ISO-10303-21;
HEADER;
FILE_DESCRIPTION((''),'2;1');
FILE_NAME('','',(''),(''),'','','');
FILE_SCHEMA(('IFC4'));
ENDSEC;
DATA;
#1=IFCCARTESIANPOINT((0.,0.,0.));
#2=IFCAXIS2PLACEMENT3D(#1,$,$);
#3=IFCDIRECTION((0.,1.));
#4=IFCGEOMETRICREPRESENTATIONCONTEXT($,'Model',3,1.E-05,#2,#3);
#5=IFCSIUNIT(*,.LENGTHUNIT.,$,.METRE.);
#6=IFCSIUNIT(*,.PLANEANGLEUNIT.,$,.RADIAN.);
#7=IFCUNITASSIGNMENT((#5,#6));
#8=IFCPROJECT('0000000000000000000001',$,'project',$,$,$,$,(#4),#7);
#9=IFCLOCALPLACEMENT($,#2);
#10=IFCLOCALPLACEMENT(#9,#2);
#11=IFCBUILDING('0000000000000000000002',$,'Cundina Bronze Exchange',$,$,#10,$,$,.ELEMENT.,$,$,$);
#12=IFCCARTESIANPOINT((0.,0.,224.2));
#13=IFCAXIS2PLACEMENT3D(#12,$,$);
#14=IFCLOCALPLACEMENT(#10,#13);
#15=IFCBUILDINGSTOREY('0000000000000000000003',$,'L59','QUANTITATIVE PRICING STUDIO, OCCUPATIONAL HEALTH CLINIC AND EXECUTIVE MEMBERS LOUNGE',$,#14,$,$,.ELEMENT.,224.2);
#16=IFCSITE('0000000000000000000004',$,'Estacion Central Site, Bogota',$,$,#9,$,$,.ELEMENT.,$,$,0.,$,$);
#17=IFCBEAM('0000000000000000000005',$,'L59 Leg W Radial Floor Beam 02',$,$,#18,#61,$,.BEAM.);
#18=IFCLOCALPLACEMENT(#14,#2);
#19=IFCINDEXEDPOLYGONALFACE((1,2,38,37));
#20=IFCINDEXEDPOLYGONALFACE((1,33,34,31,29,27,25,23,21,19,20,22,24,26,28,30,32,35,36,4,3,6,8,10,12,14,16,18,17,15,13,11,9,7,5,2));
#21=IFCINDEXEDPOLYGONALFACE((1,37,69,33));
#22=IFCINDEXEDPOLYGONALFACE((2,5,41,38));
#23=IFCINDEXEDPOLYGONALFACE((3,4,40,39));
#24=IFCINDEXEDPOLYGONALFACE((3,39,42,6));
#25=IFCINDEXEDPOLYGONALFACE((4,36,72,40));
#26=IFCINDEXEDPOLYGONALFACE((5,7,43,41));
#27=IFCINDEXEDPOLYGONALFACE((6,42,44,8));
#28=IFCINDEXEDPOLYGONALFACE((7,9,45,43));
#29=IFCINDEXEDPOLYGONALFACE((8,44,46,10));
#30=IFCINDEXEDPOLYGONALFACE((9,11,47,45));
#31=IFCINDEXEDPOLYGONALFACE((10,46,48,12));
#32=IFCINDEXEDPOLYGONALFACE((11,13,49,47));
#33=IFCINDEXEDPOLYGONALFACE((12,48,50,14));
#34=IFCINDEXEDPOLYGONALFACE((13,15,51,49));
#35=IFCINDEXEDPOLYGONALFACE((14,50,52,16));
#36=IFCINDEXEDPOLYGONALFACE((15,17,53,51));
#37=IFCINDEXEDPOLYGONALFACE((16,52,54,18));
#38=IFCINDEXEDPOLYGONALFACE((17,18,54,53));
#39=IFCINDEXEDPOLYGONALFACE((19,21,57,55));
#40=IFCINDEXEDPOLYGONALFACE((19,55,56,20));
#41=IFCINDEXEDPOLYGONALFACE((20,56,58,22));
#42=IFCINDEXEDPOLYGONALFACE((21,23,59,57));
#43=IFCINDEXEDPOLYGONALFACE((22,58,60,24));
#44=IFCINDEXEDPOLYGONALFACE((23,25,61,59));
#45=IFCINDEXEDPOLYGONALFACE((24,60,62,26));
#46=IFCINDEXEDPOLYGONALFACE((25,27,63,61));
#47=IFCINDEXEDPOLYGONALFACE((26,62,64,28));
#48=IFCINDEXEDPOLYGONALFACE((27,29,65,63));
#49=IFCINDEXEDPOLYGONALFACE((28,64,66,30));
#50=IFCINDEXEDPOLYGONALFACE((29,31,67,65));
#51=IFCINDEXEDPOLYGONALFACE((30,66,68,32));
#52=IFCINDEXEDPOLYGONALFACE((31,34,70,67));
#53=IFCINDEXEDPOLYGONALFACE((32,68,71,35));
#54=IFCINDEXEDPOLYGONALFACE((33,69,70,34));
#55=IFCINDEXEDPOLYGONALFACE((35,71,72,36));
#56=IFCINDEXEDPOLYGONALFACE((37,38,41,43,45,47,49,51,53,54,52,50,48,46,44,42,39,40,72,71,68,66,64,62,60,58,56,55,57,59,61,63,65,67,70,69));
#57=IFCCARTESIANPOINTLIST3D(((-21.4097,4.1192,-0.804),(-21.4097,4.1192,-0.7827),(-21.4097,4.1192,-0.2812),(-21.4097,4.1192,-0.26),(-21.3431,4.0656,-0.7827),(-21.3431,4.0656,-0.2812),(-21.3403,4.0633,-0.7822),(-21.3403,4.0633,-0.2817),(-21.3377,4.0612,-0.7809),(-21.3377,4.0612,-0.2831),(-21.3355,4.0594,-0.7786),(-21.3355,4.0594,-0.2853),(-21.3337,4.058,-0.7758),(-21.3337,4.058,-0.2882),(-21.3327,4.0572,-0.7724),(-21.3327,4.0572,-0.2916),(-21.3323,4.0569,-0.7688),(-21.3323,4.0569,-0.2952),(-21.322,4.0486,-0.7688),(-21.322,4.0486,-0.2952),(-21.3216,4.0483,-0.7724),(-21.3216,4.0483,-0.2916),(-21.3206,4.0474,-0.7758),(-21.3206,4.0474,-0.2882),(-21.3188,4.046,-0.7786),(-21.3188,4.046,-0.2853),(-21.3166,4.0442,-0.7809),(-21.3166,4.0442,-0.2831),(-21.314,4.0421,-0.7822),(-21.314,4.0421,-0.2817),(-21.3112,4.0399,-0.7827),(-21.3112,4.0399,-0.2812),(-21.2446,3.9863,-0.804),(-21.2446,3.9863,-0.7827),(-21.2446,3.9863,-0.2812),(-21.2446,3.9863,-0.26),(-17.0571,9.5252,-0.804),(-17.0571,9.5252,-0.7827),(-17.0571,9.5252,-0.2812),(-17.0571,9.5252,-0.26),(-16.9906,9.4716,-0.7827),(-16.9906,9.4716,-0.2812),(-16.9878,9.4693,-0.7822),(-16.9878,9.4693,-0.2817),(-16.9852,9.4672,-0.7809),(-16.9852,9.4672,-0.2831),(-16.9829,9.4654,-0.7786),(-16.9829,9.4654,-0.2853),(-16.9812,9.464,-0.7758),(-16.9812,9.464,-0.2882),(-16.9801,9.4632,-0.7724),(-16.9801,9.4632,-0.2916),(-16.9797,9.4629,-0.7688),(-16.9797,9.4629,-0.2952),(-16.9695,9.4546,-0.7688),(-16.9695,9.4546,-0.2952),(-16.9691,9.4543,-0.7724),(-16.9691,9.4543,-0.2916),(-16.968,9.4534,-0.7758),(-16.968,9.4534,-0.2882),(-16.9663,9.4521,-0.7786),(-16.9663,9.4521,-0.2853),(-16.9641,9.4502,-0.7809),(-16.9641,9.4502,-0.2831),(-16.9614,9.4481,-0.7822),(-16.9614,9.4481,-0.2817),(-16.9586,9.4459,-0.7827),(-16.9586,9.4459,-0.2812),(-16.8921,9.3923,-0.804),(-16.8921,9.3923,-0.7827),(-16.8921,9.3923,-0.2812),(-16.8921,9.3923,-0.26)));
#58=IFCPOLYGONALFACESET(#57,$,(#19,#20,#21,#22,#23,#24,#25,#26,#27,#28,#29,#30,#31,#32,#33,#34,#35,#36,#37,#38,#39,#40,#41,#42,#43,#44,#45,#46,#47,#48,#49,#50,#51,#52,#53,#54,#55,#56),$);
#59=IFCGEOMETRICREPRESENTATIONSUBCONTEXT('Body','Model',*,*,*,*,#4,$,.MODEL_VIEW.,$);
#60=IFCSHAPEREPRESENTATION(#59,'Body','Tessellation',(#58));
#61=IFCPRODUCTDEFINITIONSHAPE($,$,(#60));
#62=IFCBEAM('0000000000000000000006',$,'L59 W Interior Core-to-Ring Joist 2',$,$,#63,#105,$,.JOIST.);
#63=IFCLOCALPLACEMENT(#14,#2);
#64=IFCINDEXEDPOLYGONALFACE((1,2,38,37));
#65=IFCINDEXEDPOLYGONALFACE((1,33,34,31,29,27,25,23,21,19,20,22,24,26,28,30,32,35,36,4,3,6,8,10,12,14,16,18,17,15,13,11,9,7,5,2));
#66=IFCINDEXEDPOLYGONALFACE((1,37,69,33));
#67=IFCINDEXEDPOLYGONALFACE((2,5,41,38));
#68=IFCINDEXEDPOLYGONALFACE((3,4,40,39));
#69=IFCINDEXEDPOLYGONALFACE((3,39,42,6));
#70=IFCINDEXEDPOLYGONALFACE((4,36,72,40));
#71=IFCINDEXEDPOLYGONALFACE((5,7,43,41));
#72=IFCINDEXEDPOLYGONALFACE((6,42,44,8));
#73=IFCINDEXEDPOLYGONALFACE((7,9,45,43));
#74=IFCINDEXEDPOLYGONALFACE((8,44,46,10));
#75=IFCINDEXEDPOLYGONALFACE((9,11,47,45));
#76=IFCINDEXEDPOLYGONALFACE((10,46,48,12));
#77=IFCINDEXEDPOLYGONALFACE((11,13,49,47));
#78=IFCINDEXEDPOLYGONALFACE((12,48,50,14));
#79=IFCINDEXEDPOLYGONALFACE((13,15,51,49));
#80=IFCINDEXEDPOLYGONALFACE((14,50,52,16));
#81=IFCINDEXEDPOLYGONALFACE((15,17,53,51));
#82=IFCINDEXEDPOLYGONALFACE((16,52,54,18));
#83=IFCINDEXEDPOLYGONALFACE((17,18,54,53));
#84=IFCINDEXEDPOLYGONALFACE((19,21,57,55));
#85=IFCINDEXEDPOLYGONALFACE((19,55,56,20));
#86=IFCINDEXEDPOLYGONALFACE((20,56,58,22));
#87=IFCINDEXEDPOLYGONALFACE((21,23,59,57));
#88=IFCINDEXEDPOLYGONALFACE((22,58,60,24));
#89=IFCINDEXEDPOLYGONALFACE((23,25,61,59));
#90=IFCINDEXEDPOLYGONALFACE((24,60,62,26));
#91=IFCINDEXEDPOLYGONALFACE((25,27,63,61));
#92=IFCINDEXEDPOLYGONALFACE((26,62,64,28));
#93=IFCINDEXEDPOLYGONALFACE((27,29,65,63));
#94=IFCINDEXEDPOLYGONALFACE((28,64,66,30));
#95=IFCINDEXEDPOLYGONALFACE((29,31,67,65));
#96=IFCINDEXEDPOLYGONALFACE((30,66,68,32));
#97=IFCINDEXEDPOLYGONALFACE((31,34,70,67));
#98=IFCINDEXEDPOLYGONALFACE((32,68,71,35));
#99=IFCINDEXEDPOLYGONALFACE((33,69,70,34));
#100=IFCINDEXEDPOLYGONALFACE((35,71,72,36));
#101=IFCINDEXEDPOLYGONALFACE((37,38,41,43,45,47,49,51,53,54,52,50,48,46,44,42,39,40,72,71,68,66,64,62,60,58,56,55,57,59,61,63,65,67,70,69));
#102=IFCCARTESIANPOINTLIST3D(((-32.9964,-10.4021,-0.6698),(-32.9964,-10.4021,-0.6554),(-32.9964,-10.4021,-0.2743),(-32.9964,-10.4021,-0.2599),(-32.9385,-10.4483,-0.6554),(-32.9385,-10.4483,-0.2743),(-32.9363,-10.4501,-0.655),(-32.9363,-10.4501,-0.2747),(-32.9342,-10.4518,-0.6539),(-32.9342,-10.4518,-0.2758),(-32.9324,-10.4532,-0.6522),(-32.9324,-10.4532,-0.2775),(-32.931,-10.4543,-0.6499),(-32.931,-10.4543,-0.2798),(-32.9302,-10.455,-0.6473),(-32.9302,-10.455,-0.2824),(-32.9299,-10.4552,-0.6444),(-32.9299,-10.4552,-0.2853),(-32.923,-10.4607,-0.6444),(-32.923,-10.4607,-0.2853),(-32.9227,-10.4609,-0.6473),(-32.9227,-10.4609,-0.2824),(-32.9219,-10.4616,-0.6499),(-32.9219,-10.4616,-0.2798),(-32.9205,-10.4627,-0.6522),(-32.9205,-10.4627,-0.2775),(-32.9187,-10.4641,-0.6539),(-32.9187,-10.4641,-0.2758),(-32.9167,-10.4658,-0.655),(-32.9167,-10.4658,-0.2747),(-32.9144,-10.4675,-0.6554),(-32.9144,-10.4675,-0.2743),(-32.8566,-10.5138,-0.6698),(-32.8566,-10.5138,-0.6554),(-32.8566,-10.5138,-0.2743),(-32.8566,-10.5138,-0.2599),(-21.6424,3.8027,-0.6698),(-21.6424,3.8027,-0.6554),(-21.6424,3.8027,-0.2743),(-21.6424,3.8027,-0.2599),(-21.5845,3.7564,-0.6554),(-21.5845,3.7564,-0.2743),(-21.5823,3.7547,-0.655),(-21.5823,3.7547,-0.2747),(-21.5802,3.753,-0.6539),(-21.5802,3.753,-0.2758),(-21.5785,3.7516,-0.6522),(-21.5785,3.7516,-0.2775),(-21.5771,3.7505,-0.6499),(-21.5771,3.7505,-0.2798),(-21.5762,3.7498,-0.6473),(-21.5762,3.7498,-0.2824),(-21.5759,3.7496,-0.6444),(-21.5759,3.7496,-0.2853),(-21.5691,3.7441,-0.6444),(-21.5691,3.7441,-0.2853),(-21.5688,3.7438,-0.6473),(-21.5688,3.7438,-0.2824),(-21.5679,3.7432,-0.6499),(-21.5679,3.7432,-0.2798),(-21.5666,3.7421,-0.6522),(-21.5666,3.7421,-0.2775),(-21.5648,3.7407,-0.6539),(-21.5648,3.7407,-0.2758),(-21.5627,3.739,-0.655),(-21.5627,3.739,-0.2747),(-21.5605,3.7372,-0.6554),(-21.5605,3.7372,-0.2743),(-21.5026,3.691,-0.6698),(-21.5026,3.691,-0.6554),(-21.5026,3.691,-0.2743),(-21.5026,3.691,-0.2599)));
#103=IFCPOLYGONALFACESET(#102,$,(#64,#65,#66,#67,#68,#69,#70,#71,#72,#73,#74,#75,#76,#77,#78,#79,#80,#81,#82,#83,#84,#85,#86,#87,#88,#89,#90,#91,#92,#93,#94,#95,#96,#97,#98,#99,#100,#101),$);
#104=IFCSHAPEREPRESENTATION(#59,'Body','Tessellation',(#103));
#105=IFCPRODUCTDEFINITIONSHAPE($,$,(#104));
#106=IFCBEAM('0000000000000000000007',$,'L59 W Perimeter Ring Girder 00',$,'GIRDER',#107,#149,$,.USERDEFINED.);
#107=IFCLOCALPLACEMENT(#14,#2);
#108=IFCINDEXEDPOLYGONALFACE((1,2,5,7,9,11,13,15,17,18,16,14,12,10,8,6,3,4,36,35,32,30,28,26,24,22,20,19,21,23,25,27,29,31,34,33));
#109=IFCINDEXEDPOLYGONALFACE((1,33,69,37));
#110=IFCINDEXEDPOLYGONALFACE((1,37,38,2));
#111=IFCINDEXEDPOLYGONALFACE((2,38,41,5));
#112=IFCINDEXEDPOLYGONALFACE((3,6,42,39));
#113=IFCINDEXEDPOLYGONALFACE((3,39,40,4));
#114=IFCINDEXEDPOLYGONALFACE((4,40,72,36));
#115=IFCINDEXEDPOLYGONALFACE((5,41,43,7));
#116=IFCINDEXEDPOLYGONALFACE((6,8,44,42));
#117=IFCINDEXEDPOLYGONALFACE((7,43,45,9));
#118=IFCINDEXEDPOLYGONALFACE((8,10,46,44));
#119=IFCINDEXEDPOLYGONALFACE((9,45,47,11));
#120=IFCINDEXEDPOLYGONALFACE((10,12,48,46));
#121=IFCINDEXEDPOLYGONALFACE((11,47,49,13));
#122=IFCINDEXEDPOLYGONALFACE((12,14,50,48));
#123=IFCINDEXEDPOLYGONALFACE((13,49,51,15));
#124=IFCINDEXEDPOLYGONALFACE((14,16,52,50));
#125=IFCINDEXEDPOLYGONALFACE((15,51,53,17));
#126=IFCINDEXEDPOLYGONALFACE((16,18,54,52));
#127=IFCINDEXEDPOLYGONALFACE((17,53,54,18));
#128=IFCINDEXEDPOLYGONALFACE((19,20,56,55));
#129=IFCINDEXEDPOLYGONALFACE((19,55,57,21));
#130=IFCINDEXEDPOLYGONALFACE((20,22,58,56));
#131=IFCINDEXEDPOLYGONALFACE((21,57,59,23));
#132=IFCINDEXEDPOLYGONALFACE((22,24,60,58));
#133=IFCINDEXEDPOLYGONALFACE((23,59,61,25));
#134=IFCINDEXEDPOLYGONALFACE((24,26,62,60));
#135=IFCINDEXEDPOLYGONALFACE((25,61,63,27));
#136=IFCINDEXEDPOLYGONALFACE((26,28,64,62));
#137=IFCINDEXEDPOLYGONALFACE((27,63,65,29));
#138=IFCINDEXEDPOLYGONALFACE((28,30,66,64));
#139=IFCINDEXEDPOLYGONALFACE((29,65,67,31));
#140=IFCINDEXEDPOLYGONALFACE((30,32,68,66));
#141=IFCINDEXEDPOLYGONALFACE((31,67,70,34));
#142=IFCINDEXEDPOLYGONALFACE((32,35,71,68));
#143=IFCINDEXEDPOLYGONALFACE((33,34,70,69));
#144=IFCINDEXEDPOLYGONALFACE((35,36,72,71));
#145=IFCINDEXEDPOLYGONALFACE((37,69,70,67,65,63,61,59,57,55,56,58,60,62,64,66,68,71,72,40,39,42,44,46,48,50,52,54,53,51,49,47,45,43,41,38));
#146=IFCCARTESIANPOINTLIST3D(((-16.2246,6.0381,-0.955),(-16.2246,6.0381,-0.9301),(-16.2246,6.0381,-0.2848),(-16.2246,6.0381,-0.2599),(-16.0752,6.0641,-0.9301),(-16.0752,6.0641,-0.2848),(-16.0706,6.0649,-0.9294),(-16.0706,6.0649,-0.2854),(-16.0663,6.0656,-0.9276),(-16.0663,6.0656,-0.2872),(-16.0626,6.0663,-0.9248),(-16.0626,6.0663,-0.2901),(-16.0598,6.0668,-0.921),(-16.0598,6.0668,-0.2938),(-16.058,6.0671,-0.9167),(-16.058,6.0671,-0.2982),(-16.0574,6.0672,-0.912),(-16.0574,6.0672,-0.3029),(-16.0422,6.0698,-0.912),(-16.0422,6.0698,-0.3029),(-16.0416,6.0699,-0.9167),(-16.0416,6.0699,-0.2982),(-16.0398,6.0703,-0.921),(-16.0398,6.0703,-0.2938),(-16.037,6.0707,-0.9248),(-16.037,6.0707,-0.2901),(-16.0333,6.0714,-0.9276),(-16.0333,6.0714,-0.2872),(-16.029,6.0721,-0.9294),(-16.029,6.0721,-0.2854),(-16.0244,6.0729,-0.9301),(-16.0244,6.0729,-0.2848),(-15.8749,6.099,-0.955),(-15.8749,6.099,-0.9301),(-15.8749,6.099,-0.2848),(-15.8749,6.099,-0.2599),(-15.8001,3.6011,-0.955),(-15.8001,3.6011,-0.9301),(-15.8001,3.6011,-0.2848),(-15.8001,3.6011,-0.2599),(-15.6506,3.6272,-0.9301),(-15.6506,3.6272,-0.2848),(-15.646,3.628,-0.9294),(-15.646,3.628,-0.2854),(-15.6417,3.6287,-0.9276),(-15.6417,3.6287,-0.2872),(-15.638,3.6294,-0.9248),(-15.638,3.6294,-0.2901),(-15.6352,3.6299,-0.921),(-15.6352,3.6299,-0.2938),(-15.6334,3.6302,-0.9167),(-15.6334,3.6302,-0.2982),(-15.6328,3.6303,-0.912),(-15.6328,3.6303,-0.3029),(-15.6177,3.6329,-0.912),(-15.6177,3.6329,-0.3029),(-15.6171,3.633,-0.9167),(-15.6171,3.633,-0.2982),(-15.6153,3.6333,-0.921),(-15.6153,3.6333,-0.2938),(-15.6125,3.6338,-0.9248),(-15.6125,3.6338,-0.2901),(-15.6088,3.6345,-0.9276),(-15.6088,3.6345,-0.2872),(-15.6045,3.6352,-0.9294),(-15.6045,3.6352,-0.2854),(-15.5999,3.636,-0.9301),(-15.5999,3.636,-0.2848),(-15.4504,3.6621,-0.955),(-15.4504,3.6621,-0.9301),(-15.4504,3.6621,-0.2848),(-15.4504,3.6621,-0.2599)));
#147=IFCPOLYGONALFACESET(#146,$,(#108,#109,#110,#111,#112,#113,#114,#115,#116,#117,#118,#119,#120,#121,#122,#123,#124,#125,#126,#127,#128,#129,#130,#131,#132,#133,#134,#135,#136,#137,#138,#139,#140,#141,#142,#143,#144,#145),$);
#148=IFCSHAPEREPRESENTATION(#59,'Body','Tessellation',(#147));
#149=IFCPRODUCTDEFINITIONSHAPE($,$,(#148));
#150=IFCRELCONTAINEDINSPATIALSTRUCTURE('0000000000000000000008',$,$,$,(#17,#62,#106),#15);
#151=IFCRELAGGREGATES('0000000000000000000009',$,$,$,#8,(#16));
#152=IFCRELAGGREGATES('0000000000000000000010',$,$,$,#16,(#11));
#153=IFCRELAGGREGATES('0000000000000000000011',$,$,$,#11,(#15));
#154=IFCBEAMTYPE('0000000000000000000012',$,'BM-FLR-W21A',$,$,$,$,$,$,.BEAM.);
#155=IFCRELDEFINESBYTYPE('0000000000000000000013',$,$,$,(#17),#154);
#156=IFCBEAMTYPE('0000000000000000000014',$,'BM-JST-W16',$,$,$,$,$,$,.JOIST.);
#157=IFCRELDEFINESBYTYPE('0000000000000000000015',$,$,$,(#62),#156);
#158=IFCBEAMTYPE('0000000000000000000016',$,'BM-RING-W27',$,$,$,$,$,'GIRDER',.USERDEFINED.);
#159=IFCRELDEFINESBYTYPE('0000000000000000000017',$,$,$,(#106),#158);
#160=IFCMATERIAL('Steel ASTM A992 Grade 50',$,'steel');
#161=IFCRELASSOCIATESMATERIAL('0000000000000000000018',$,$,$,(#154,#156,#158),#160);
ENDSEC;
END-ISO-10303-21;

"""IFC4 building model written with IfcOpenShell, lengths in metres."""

from ifc_helpers import new_model, si_unit, direction, frame, origin, origin_2d, place, context, subcontext, project, spatial, i_section, extrude, material, material_profile, profile_set, type_object, element, save


model = new_model("IFC4")

# Units and contexts
model_context = context("Model", 3, precision=1e-05, world=origin(), true_north=direction((0.0, 1.0)))
body_context = subcontext(model_context, "Body", "Model", "MODEL_VIEW")
ifc_project = project(units=[si_unit("LENGTHUNIT", "METRE"), si_unit("PLANEANGLEUNIT", "RADIAN")], contexts=[model_context])

# Site, building, storey
site_placement = place(None, origin())
site = spatial("IfcSite", under=ifc_project, at=site_placement, Name="Estacion Central Site, Bogota", CompositionType="ELEMENT", RefElevation=0.0)
building_placement = place(site_placement, origin())
building = spatial("IfcBuilding", under=site, at=building_placement, Name="Cundina Bronze Exchange", CompositionType="ELEMENT")
storey_placement = place(building_placement, frame((0.0, 0.0, 224.2)))
storey = spatial("IfcBuildingStorey", under=building, at=storey_placement, Name="L59", Description="QUANTITATIVE PRICING STUDIO, OCCUPATIONAL HEALTH CLINIC AND EXECUTIVE MEMBERS LOUNGE", CompositionType="ELEMENT", Elevation=224.2)

# Shared definitions
ifc_material_1 = material(Name="Steel ASTM A992 Grade 50", Category="steel")

# Beams
ifc_material_profile_1 = material_profile(ifc_material_1, i_section(OverallWidth=0.2119, OverallDepth=0.5439, WebThickness=0.0132, FlangeThickness=0.0212, FilletRadius=0.0139, at=origin_2d()), Name="W21X83", Category="steel")
ifc_profile_set_1 = profile_set([ifc_material_profile_1], Name="Steel ASTM A992 Grade 50")
beam_type_1 = type_object("IfcBeamType", Name="BM-FLR-W21A", PredefinedType="BEAM", material=ifc_profile_set_1)
beam_1_placement = place(storey_placement, frame((-21.3271, 4.0527, -0.532), z_axis=(0.627129, 0.778916, 0.0), x_axis=(-0.778916, 0.627129, 0.0)))
element("IfcBeam", 1, at=beam_1_placement, inside=storey, type_object=beam_type_1, Name="L59 Leg W Radial Floor Beam 02", PredefinedType="BEAM", context=body_context, shape_type="SweptSolid", body=[
    extrude(i_section(OverallWidth=0.2119, OverallDepth=0.5439, WebThickness=0.0132, FlangeThickness=0.0212, FilletRadius=0.0139, at=origin_2d()), origin(), (0.0, 0.0, 1.0), 6.9404),
])
ifc_material_profile_2 = material_profile(ifc_material_1, i_section(OverallWidth=0.179, OverallDepth=0.4099, WebThickness=0.0088, FlangeThickness=0.0144, FilletRadius=0.011, at=origin_2d()), Name="W16X45", Category="steel")
ifc_profile_set_2 = profile_set([ifc_material_profile_2], Name="Steel ASTM A992 Grade 50")
beam_type_2 = type_object("IfcBeamType", Name="BM-JST-W16", PredefinedType="JOIST", material=ifc_profile_set_2)
beam_2_placement = place(storey_placement, frame((-21.5725, 3.7468, -0.4648), z_axis=(-0.624364, -0.781133, 0.0), x_axis=(0.781133, -0.624364, 0.0)))
element("IfcBeam", 2, at=beam_2_placement, inside=storey, type_object=beam_type_2, Name="L59 W Interior Core-to-Ring Joist 2", PredefinedType="JOIST", context=body_context, shape_type="SweptSolid", body=[
    extrude(i_section(OverallWidth=0.179, OverallDepth=0.4099, WebThickness=0.0088, FlangeThickness=0.0144, FilletRadius=0.011, at=origin_2d()), origin(), (0.0, 0.0, 1.0), 18.1848),
])
ifc_material_profile_3 = material_profile(ifc_material_1, i_section(OverallWidth=0.355, OverallDepth=0.6951, WebThickness=0.0154, FlangeThickness=0.0249, FilletRadius=0.0181, at=origin_2d()), Name="W27X146", Category="steel")
ifc_profile_set_3 = profile_set([ifc_material_profile_3], Name="Steel ASTM A992 Grade 50")
beam_type_3 = type_object("IfcBeamType", Name="BM-RING-W27", ElementType="GIRDER", PredefinedType="USERDEFINED", material=ifc_profile_set_3)
beam_3_placement = place(storey_placement, frame((-15.6252, 3.6316, -0.6074), z_axis=(-0.171629, 0.985162, 0.0), x_axis=(-0.985162, -0.171629, 0.0)))
element("IfcBeam", 3, at=beam_3_placement, inside=storey, type_object=beam_type_3, Name="L59 W Perimeter Ring Girder 00", ObjectType="GIRDER", PredefinedType="USERDEFINED", context=body_context, shape_type="SweptSolid", body=[
    extrude(i_section(OverallWidth=0.355, OverallDepth=0.6951, WebThickness=0.0154, FlangeThickness=0.0249, FilletRadius=0.0181, at=origin_2d()), origin(), (0.0, 0.0, 1.0), 2.4736),
])

save(model, "model.ifc")
